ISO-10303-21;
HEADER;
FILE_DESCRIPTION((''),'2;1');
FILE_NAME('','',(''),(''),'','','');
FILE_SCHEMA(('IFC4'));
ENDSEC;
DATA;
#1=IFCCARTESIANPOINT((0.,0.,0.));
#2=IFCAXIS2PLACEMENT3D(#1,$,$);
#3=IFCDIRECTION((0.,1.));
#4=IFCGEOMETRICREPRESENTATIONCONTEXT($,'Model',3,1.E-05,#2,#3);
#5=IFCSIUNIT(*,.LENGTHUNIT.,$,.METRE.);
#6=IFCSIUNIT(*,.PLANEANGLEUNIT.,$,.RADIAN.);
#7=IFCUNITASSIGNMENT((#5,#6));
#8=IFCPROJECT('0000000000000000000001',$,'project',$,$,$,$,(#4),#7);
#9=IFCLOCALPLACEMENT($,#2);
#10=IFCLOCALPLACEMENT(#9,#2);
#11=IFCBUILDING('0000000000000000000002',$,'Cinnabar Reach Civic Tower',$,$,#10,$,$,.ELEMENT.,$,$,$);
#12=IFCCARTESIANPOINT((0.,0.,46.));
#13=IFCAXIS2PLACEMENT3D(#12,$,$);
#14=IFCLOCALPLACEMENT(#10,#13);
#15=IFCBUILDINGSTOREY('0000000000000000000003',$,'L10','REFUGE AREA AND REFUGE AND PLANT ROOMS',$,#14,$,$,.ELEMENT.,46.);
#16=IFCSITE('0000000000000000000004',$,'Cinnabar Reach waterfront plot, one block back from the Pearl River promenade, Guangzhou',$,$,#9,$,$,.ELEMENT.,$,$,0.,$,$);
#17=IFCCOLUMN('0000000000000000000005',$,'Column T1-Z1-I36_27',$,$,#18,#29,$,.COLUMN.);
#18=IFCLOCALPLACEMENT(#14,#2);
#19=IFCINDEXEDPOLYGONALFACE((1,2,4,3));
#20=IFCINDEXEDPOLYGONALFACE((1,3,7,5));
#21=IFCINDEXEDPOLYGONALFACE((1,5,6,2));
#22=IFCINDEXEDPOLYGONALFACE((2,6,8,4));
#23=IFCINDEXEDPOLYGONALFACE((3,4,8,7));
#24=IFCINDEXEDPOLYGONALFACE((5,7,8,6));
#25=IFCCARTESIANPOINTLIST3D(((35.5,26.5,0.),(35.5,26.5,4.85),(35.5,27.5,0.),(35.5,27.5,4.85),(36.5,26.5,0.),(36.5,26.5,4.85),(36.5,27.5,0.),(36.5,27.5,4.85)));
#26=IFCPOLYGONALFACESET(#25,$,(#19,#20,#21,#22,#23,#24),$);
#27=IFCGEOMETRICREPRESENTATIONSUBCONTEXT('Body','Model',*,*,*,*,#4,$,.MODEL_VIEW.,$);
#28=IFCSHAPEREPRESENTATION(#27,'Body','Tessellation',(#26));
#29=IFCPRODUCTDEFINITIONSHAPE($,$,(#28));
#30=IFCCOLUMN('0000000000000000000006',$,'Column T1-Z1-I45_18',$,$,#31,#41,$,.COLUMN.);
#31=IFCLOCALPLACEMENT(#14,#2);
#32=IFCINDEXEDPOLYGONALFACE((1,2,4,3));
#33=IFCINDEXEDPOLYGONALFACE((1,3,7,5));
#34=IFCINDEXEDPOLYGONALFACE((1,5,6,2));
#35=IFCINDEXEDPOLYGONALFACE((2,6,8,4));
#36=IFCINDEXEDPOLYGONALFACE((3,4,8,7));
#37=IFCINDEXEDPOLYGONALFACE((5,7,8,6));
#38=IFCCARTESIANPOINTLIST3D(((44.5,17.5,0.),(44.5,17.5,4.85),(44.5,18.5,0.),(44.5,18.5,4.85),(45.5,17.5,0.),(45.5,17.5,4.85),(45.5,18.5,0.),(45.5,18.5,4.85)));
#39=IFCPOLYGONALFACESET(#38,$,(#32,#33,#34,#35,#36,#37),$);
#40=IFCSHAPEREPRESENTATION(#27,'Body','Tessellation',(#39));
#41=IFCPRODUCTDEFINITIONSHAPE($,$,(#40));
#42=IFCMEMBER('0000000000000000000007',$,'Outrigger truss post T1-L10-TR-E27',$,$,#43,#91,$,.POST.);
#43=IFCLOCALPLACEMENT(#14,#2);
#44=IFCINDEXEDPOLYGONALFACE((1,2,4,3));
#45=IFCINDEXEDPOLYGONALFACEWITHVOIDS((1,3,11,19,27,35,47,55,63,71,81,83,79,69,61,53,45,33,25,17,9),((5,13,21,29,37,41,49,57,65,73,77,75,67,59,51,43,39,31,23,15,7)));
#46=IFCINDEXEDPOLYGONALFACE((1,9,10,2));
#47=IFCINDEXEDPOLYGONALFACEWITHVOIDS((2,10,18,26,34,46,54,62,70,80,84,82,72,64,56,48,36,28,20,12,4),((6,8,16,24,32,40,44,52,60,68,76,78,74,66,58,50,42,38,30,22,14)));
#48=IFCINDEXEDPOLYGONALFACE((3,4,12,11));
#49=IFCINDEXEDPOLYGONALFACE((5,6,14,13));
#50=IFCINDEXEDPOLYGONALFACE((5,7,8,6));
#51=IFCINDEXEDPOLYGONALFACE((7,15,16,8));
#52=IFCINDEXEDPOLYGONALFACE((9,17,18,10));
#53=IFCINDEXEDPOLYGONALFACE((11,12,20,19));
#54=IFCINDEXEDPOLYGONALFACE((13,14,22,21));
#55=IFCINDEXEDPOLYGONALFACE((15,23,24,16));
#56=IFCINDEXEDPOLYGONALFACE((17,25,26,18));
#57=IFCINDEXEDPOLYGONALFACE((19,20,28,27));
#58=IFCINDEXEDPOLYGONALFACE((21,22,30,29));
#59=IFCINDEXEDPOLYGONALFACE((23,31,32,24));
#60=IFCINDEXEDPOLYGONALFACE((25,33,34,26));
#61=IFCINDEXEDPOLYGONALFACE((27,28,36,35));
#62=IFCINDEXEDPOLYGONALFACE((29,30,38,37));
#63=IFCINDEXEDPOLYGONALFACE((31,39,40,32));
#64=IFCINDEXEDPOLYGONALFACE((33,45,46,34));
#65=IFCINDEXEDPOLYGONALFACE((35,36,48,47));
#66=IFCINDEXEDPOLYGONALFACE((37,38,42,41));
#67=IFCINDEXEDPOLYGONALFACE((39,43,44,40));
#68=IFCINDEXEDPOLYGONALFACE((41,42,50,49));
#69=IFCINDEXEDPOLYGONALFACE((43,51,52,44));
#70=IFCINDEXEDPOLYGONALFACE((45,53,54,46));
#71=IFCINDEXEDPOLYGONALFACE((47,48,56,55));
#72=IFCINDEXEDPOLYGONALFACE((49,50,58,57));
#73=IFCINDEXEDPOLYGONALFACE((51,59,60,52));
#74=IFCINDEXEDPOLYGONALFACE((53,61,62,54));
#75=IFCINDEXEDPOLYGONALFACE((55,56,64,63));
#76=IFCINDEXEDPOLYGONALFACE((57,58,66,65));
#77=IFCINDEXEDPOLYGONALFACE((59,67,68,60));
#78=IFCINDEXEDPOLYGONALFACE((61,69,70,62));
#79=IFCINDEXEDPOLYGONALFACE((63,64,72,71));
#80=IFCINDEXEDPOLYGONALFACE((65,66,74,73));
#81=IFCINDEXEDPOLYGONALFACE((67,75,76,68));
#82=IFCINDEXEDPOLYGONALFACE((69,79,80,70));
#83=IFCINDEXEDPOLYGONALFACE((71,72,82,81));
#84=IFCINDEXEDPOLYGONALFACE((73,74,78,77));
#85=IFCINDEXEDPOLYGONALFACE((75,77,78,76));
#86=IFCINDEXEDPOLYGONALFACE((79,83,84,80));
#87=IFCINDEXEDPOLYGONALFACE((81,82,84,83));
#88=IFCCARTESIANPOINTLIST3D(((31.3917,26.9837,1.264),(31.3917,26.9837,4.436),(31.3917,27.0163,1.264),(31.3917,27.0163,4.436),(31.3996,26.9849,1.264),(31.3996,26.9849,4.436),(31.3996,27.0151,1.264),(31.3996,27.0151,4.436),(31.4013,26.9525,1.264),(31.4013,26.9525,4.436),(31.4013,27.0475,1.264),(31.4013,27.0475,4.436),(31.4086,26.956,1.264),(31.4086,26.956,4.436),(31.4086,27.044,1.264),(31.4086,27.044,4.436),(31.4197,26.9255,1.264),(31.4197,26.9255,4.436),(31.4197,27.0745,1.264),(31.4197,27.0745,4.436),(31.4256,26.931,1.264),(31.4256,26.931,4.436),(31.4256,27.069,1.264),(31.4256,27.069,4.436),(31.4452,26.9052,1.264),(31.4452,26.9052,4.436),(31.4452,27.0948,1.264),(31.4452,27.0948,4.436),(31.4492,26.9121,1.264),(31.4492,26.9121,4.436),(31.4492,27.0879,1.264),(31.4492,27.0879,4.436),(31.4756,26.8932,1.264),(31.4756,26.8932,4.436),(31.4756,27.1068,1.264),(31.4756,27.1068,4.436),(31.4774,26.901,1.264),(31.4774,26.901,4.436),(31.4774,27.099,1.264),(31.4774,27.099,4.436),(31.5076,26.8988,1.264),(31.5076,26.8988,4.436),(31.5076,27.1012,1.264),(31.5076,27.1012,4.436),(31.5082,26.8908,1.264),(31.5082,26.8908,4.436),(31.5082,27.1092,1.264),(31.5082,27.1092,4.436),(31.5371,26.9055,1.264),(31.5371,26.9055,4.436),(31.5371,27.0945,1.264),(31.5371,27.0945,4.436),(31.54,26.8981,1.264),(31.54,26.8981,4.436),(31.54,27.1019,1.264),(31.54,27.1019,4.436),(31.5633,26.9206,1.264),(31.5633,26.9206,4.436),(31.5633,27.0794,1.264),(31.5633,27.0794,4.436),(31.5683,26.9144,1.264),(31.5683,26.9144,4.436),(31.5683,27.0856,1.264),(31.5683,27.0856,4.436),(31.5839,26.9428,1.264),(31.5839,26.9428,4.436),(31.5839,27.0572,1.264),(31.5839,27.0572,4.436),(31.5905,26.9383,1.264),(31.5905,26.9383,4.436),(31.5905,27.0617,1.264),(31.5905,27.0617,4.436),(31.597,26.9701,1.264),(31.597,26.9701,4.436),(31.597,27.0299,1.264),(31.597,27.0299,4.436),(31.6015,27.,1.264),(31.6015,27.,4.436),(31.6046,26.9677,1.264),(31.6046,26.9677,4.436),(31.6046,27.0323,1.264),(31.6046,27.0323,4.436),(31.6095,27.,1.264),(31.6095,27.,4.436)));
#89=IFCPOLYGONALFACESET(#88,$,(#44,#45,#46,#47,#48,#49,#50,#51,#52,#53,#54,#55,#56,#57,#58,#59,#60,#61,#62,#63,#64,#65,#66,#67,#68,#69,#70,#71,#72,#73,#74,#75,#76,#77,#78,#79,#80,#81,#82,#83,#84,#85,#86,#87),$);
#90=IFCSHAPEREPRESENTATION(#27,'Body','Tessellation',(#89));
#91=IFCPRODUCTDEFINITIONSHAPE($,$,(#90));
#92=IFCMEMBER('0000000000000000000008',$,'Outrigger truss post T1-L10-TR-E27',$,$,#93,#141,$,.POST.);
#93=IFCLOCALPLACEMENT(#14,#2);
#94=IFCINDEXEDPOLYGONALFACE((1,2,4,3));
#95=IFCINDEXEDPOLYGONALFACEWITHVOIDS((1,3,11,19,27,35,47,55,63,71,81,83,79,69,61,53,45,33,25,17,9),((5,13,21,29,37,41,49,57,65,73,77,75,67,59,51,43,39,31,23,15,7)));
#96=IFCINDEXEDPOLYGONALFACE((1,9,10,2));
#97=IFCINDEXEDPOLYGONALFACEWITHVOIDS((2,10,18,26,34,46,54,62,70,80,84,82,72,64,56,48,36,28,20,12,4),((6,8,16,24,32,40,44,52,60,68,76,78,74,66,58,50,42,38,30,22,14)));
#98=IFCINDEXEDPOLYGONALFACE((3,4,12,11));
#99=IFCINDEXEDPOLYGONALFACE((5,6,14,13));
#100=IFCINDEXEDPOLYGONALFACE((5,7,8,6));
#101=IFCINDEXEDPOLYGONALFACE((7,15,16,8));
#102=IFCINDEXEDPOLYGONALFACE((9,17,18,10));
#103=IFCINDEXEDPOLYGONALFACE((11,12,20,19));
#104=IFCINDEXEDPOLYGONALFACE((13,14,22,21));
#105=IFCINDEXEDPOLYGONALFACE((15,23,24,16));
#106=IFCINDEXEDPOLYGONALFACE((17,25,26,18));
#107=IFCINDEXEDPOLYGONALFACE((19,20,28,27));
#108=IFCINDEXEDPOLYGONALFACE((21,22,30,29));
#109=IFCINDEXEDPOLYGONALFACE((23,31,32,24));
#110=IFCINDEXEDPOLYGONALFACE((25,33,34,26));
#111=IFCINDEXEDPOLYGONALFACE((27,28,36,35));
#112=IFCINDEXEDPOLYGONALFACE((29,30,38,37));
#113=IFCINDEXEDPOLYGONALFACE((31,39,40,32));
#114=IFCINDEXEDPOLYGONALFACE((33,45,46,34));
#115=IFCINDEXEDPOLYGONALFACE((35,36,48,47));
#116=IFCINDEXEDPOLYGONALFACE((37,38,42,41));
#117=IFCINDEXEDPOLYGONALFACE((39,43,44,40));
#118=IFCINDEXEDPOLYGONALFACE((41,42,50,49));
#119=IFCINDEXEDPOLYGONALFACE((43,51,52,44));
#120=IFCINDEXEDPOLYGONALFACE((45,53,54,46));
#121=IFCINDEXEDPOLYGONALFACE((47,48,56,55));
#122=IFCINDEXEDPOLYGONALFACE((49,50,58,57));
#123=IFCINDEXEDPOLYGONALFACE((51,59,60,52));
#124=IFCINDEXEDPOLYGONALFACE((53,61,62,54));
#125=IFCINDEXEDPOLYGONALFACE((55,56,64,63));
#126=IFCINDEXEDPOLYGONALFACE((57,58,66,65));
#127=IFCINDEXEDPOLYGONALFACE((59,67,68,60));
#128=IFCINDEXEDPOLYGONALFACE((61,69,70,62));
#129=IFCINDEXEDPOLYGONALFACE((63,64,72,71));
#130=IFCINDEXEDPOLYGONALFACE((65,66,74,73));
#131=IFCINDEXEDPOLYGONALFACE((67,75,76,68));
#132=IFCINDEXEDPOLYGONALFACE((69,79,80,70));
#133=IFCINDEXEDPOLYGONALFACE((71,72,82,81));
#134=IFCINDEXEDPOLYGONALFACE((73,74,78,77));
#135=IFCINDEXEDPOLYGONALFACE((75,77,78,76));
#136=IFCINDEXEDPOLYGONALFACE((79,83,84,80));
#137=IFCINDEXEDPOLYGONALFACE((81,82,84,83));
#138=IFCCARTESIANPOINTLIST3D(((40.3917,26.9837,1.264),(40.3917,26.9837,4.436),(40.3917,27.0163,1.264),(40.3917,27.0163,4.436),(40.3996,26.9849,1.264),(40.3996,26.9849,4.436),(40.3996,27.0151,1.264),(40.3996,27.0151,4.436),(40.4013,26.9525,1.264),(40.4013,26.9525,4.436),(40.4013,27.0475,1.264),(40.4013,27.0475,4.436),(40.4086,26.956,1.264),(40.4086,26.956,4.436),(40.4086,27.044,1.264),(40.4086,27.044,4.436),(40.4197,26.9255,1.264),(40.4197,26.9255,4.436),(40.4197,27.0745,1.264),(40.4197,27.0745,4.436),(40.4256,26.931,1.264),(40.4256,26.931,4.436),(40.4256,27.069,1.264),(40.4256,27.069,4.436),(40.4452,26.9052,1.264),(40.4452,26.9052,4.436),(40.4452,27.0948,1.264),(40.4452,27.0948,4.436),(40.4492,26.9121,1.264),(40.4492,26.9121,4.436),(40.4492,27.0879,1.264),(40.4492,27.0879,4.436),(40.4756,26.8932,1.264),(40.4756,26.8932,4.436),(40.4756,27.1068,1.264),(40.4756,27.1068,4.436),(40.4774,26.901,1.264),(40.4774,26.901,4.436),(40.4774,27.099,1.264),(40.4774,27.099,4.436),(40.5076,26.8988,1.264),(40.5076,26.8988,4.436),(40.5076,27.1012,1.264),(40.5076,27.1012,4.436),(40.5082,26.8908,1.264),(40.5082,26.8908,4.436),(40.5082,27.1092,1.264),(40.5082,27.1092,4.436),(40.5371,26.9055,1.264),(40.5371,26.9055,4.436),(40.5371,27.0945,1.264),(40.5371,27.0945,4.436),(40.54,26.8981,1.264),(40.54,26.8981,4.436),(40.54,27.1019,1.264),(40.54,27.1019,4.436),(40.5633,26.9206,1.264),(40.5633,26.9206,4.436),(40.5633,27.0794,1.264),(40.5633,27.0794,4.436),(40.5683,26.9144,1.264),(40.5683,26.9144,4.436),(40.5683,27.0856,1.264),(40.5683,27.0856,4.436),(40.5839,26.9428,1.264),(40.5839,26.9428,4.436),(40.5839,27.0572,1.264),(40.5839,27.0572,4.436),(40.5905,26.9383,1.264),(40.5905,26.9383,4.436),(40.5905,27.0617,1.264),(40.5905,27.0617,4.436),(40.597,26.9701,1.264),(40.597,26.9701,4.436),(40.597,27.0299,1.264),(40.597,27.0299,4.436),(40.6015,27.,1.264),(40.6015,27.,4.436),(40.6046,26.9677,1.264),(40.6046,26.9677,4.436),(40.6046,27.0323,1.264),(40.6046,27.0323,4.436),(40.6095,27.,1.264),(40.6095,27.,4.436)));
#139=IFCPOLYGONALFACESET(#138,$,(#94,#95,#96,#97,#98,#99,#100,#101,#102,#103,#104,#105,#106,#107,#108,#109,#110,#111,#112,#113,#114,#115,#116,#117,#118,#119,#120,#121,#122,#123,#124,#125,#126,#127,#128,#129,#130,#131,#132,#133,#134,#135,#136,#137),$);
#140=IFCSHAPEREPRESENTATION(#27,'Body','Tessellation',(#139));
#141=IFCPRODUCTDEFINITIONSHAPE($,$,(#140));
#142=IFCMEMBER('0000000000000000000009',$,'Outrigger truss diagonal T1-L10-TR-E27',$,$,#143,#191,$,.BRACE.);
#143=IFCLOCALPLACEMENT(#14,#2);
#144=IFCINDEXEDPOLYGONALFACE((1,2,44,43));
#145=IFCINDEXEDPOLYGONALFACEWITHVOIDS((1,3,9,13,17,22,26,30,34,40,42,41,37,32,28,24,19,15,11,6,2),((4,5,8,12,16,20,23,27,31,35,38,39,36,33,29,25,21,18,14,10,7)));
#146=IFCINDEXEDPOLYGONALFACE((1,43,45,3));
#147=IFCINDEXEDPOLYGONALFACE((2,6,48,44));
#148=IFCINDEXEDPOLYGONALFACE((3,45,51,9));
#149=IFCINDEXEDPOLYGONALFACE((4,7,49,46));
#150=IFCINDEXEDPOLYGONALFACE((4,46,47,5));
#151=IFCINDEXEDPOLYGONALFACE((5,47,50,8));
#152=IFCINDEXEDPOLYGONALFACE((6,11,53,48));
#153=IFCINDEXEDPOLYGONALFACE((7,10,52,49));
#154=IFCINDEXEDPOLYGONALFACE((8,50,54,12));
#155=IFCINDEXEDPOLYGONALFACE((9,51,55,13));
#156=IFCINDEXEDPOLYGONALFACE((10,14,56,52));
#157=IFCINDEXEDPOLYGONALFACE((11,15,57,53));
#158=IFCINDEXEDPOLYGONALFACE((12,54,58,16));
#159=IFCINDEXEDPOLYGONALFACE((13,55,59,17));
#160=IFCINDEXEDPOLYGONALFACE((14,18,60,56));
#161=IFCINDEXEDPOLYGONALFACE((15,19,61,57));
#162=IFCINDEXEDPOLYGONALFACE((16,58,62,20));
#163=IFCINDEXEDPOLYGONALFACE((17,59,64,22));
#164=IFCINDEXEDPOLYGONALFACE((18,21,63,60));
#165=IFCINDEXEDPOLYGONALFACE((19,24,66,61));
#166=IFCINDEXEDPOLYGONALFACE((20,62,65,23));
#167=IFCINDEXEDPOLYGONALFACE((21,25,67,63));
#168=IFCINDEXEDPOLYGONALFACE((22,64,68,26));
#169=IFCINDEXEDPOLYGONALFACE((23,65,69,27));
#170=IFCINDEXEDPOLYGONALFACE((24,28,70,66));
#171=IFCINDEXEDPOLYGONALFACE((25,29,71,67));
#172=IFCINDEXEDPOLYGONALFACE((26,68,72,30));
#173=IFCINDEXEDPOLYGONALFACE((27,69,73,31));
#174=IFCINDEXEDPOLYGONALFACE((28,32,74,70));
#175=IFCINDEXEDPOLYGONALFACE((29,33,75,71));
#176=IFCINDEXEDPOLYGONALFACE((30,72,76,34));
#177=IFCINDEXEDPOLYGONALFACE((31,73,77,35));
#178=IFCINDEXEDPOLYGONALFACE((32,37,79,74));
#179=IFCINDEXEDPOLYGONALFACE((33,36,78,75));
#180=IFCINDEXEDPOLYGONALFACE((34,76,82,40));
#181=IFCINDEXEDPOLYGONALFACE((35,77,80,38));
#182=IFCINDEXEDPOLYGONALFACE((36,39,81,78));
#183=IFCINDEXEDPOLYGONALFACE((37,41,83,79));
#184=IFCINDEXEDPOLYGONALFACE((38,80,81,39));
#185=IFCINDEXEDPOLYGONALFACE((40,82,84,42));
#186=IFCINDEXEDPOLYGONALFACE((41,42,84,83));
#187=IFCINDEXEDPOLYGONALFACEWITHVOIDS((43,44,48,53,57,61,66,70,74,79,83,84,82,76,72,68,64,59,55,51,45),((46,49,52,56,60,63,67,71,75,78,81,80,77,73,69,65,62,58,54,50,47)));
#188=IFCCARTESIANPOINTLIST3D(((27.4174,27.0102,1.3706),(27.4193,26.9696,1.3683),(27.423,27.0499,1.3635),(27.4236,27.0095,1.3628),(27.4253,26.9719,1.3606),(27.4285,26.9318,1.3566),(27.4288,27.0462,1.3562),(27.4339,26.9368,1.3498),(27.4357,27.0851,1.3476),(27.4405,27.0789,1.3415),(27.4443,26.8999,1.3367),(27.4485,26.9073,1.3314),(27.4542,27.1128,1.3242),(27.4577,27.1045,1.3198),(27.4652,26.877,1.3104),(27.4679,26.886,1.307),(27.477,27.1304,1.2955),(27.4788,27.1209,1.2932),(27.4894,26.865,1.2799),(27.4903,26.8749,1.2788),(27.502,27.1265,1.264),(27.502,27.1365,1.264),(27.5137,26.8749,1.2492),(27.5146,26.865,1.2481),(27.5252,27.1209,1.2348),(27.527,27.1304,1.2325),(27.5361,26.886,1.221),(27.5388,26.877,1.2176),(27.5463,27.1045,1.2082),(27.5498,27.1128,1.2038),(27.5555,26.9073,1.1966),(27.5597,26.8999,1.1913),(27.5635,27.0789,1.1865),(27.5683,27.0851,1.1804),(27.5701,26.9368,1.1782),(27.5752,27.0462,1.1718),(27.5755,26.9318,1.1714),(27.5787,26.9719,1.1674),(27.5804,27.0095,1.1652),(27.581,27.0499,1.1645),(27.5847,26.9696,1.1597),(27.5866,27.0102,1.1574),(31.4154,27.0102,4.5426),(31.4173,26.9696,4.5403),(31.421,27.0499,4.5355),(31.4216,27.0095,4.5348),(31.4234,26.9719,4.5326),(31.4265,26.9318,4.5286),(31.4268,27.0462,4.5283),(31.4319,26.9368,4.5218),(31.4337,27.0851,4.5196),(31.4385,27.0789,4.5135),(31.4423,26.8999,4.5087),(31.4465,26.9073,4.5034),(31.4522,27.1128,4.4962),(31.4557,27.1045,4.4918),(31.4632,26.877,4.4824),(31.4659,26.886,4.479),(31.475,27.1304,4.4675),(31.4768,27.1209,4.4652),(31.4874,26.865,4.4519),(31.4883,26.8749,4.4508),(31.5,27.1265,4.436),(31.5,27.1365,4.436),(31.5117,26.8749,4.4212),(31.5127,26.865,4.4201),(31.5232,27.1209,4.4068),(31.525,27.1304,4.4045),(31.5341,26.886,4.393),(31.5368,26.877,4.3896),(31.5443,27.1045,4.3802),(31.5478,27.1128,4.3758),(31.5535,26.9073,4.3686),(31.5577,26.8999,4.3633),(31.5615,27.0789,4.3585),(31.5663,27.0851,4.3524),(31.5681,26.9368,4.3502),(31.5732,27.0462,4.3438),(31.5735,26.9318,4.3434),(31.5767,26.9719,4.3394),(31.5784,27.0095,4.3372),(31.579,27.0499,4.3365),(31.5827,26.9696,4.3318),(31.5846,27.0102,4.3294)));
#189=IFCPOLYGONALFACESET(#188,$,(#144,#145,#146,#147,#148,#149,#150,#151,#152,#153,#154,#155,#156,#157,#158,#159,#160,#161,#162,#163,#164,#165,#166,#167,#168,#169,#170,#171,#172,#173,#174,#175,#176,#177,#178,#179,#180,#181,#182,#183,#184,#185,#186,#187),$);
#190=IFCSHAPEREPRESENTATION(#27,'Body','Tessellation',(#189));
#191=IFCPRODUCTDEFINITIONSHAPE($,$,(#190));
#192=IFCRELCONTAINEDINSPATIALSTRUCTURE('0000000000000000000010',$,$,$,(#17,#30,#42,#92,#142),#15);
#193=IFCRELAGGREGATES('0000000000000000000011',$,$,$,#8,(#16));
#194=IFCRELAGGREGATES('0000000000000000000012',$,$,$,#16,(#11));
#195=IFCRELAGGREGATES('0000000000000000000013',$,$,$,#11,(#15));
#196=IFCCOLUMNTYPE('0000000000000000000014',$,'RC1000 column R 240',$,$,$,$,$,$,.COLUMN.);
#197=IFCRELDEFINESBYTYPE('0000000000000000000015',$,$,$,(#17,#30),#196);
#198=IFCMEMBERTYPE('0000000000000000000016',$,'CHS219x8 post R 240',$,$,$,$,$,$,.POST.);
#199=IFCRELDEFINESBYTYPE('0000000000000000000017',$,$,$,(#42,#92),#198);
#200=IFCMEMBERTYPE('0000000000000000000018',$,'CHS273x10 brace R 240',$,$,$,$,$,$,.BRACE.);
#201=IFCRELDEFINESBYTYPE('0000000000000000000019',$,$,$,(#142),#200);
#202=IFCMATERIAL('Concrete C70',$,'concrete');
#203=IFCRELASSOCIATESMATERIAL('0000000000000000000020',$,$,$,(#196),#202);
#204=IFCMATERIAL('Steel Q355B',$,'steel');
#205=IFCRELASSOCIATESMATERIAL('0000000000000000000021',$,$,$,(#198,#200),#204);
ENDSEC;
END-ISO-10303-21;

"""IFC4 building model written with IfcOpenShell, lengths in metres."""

from ifc_helpers import new_model, si_unit, direction, frame, origin, origin_2d, place, context, subcontext, project, spatial, rectangle, hollow_circle, extrude, material, material_profile, profile_set, type_object, element, save


model = new_model("IFC4")

# Units and contexts
model_context = context("Model", 3, precision=1e-05, world=origin(), true_north=direction((0.0, 1.0)))
body_context = subcontext(model_context, "Body", "Model", "MODEL_VIEW")
ifc_project = project(units=[si_unit("LENGTHUNIT", "METRE"), si_unit("PLANEANGLEUNIT", "RADIAN")], contexts=[model_context])

# Site, building, storey
site_placement = place(None, origin())
site = spatial("IfcSite", under=ifc_project, at=site_placement, Name="Cinnabar Reach waterfront plot, one block back from the Pearl River promenade, Guangzhou", CompositionType="ELEMENT", RefElevation=0.0)
building_placement = place(site_placement, origin())
building = spatial("IfcBuilding", under=site, at=building_placement, Name="Cinnabar Reach Civic Tower", CompositionType="ELEMENT")
storey_placement = place(building_placement, frame((0.0, 0.0, 46.0)))
storey = spatial("IfcBuildingStorey", under=building, at=storey_placement, Name="L10", Description="REFUGE AREA AND REFUGE AND PLANT ROOMS", CompositionType="ELEMENT", Elevation=46.0)

# Columns
ifc_material_1 = material(Name="Concrete C70", Category="concrete")
ifc_material_profile_1 = material_profile(ifc_material_1, rectangle(XDim=1.0, YDim=1.0, at=origin_2d()), Name="RC1000")
ifc_profile_set_1 = profile_set([ifc_material_profile_1], Name="Concrete C70")
column_type = type_object("IfcColumnType", Name="RC1000 column R 240", PredefinedType="COLUMN", material=ifc_profile_set_1)
for number, where, z_axis, x_axis, name in (
    (1, (36.0, 27.0, 0.0), (0.0, 0.0, 1.0), (1.0, 0.0, 0.0), "Column T1-Z1-I36_27"),
    (2, (45.0, 18.0, 0.0), (0.0, 0.0, 1.0), (1.0, 0.0, 0.0), "Column T1-Z1-I45_18"),
):
    element("IfcColumn", number, at=place(storey_placement, frame(where, z_axis=z_axis, x_axis=x_axis)), inside=storey, type_object=column_type, Name=name, PredefinedType="COLUMN", context=body_context, shape_type="SweptSolid", body=[
        extrude(rectangle(XDim=1.0, YDim=1.0, at=origin_2d()), origin(), (0.0, 0.0, 1.0), 4.85),
    ])

# Members
ifc_material_2 = material(Name="Steel Q355B", Category="steel")
ifc_material_profile_2 = material_profile(ifc_material_2, hollow_circle(Radius=0.1095, WallThickness=0.008, at=origin_2d()), Name="CHS219x8")
ifc_profile_set_2 = profile_set([ifc_material_profile_2], Name="Steel Q355B")
member_type_1 = type_object("IfcMemberType", Name="CHS219x8 post R 240", PredefinedType="POST", material=ifc_profile_set_2)
for number, where, z_axis, x_axis, name in (
    (3, (31.5, 27.0, 1.264), (0.0, 0.0, 1.0), (1.0, 0.0, 0.0), "Outrigger truss post T1-L10-TR-E27"),
    (4, (40.5, 27.0, 1.264), (0.0, 0.0, 1.0), (1.0, 0.0, 0.0), "Outrigger truss post T1-L10-TR-E27"),
):
    element("IfcMember", number, at=place(storey_placement, frame(where, z_axis=z_axis, x_axis=x_axis)), inside=storey, type_object=member_type_1, Name=name, PredefinedType="POST", context=body_context, shape_type="SweptSolid", body=[
        extrude(hollow_circle(Radius=0.1095, WallThickness=0.008, at=origin_2d()), origin(), (0.0, 0.0, 1.0), 3.172),
    ])
ifc_material_profile_3 = material_profile(ifc_material_2, hollow_circle(Radius=0.1365, WallThickness=0.01, at=origin_2d()), Name="CHS273x10")
ifc_profile_set_3 = profile_set([ifc_material_profile_3], Name="Steel Q355B")
member_type_2 = type_object("IfcMemberType", Name="CHS273x10 brace R 240", PredefinedType="BRACE", material=ifc_profile_set_3)
for number, where, z_axis, x_axis, name in (
    (5, (27.502, 27.0, 1.264), (0.783386, 0.0, 0.621536), (0.0, 1.0, 0.0), "Outrigger truss diagonal T1-L10-TR-E27"),
):
    element("IfcMember", number, at=place(storey_placement, frame(where, z_axis=z_axis, x_axis=x_axis)), inside=storey, type_object=member_type_2, Name=name, PredefinedType="BRACE", context=body_context, shape_type="SweptSolid", body=[
        extrude(hollow_circle(Radius=0.1365, WallThickness=0.01, at=origin_2d()), origin(), (0.0, 0.0, 1.0), 5.1035),
    ])

save(model, "model.ifc")
